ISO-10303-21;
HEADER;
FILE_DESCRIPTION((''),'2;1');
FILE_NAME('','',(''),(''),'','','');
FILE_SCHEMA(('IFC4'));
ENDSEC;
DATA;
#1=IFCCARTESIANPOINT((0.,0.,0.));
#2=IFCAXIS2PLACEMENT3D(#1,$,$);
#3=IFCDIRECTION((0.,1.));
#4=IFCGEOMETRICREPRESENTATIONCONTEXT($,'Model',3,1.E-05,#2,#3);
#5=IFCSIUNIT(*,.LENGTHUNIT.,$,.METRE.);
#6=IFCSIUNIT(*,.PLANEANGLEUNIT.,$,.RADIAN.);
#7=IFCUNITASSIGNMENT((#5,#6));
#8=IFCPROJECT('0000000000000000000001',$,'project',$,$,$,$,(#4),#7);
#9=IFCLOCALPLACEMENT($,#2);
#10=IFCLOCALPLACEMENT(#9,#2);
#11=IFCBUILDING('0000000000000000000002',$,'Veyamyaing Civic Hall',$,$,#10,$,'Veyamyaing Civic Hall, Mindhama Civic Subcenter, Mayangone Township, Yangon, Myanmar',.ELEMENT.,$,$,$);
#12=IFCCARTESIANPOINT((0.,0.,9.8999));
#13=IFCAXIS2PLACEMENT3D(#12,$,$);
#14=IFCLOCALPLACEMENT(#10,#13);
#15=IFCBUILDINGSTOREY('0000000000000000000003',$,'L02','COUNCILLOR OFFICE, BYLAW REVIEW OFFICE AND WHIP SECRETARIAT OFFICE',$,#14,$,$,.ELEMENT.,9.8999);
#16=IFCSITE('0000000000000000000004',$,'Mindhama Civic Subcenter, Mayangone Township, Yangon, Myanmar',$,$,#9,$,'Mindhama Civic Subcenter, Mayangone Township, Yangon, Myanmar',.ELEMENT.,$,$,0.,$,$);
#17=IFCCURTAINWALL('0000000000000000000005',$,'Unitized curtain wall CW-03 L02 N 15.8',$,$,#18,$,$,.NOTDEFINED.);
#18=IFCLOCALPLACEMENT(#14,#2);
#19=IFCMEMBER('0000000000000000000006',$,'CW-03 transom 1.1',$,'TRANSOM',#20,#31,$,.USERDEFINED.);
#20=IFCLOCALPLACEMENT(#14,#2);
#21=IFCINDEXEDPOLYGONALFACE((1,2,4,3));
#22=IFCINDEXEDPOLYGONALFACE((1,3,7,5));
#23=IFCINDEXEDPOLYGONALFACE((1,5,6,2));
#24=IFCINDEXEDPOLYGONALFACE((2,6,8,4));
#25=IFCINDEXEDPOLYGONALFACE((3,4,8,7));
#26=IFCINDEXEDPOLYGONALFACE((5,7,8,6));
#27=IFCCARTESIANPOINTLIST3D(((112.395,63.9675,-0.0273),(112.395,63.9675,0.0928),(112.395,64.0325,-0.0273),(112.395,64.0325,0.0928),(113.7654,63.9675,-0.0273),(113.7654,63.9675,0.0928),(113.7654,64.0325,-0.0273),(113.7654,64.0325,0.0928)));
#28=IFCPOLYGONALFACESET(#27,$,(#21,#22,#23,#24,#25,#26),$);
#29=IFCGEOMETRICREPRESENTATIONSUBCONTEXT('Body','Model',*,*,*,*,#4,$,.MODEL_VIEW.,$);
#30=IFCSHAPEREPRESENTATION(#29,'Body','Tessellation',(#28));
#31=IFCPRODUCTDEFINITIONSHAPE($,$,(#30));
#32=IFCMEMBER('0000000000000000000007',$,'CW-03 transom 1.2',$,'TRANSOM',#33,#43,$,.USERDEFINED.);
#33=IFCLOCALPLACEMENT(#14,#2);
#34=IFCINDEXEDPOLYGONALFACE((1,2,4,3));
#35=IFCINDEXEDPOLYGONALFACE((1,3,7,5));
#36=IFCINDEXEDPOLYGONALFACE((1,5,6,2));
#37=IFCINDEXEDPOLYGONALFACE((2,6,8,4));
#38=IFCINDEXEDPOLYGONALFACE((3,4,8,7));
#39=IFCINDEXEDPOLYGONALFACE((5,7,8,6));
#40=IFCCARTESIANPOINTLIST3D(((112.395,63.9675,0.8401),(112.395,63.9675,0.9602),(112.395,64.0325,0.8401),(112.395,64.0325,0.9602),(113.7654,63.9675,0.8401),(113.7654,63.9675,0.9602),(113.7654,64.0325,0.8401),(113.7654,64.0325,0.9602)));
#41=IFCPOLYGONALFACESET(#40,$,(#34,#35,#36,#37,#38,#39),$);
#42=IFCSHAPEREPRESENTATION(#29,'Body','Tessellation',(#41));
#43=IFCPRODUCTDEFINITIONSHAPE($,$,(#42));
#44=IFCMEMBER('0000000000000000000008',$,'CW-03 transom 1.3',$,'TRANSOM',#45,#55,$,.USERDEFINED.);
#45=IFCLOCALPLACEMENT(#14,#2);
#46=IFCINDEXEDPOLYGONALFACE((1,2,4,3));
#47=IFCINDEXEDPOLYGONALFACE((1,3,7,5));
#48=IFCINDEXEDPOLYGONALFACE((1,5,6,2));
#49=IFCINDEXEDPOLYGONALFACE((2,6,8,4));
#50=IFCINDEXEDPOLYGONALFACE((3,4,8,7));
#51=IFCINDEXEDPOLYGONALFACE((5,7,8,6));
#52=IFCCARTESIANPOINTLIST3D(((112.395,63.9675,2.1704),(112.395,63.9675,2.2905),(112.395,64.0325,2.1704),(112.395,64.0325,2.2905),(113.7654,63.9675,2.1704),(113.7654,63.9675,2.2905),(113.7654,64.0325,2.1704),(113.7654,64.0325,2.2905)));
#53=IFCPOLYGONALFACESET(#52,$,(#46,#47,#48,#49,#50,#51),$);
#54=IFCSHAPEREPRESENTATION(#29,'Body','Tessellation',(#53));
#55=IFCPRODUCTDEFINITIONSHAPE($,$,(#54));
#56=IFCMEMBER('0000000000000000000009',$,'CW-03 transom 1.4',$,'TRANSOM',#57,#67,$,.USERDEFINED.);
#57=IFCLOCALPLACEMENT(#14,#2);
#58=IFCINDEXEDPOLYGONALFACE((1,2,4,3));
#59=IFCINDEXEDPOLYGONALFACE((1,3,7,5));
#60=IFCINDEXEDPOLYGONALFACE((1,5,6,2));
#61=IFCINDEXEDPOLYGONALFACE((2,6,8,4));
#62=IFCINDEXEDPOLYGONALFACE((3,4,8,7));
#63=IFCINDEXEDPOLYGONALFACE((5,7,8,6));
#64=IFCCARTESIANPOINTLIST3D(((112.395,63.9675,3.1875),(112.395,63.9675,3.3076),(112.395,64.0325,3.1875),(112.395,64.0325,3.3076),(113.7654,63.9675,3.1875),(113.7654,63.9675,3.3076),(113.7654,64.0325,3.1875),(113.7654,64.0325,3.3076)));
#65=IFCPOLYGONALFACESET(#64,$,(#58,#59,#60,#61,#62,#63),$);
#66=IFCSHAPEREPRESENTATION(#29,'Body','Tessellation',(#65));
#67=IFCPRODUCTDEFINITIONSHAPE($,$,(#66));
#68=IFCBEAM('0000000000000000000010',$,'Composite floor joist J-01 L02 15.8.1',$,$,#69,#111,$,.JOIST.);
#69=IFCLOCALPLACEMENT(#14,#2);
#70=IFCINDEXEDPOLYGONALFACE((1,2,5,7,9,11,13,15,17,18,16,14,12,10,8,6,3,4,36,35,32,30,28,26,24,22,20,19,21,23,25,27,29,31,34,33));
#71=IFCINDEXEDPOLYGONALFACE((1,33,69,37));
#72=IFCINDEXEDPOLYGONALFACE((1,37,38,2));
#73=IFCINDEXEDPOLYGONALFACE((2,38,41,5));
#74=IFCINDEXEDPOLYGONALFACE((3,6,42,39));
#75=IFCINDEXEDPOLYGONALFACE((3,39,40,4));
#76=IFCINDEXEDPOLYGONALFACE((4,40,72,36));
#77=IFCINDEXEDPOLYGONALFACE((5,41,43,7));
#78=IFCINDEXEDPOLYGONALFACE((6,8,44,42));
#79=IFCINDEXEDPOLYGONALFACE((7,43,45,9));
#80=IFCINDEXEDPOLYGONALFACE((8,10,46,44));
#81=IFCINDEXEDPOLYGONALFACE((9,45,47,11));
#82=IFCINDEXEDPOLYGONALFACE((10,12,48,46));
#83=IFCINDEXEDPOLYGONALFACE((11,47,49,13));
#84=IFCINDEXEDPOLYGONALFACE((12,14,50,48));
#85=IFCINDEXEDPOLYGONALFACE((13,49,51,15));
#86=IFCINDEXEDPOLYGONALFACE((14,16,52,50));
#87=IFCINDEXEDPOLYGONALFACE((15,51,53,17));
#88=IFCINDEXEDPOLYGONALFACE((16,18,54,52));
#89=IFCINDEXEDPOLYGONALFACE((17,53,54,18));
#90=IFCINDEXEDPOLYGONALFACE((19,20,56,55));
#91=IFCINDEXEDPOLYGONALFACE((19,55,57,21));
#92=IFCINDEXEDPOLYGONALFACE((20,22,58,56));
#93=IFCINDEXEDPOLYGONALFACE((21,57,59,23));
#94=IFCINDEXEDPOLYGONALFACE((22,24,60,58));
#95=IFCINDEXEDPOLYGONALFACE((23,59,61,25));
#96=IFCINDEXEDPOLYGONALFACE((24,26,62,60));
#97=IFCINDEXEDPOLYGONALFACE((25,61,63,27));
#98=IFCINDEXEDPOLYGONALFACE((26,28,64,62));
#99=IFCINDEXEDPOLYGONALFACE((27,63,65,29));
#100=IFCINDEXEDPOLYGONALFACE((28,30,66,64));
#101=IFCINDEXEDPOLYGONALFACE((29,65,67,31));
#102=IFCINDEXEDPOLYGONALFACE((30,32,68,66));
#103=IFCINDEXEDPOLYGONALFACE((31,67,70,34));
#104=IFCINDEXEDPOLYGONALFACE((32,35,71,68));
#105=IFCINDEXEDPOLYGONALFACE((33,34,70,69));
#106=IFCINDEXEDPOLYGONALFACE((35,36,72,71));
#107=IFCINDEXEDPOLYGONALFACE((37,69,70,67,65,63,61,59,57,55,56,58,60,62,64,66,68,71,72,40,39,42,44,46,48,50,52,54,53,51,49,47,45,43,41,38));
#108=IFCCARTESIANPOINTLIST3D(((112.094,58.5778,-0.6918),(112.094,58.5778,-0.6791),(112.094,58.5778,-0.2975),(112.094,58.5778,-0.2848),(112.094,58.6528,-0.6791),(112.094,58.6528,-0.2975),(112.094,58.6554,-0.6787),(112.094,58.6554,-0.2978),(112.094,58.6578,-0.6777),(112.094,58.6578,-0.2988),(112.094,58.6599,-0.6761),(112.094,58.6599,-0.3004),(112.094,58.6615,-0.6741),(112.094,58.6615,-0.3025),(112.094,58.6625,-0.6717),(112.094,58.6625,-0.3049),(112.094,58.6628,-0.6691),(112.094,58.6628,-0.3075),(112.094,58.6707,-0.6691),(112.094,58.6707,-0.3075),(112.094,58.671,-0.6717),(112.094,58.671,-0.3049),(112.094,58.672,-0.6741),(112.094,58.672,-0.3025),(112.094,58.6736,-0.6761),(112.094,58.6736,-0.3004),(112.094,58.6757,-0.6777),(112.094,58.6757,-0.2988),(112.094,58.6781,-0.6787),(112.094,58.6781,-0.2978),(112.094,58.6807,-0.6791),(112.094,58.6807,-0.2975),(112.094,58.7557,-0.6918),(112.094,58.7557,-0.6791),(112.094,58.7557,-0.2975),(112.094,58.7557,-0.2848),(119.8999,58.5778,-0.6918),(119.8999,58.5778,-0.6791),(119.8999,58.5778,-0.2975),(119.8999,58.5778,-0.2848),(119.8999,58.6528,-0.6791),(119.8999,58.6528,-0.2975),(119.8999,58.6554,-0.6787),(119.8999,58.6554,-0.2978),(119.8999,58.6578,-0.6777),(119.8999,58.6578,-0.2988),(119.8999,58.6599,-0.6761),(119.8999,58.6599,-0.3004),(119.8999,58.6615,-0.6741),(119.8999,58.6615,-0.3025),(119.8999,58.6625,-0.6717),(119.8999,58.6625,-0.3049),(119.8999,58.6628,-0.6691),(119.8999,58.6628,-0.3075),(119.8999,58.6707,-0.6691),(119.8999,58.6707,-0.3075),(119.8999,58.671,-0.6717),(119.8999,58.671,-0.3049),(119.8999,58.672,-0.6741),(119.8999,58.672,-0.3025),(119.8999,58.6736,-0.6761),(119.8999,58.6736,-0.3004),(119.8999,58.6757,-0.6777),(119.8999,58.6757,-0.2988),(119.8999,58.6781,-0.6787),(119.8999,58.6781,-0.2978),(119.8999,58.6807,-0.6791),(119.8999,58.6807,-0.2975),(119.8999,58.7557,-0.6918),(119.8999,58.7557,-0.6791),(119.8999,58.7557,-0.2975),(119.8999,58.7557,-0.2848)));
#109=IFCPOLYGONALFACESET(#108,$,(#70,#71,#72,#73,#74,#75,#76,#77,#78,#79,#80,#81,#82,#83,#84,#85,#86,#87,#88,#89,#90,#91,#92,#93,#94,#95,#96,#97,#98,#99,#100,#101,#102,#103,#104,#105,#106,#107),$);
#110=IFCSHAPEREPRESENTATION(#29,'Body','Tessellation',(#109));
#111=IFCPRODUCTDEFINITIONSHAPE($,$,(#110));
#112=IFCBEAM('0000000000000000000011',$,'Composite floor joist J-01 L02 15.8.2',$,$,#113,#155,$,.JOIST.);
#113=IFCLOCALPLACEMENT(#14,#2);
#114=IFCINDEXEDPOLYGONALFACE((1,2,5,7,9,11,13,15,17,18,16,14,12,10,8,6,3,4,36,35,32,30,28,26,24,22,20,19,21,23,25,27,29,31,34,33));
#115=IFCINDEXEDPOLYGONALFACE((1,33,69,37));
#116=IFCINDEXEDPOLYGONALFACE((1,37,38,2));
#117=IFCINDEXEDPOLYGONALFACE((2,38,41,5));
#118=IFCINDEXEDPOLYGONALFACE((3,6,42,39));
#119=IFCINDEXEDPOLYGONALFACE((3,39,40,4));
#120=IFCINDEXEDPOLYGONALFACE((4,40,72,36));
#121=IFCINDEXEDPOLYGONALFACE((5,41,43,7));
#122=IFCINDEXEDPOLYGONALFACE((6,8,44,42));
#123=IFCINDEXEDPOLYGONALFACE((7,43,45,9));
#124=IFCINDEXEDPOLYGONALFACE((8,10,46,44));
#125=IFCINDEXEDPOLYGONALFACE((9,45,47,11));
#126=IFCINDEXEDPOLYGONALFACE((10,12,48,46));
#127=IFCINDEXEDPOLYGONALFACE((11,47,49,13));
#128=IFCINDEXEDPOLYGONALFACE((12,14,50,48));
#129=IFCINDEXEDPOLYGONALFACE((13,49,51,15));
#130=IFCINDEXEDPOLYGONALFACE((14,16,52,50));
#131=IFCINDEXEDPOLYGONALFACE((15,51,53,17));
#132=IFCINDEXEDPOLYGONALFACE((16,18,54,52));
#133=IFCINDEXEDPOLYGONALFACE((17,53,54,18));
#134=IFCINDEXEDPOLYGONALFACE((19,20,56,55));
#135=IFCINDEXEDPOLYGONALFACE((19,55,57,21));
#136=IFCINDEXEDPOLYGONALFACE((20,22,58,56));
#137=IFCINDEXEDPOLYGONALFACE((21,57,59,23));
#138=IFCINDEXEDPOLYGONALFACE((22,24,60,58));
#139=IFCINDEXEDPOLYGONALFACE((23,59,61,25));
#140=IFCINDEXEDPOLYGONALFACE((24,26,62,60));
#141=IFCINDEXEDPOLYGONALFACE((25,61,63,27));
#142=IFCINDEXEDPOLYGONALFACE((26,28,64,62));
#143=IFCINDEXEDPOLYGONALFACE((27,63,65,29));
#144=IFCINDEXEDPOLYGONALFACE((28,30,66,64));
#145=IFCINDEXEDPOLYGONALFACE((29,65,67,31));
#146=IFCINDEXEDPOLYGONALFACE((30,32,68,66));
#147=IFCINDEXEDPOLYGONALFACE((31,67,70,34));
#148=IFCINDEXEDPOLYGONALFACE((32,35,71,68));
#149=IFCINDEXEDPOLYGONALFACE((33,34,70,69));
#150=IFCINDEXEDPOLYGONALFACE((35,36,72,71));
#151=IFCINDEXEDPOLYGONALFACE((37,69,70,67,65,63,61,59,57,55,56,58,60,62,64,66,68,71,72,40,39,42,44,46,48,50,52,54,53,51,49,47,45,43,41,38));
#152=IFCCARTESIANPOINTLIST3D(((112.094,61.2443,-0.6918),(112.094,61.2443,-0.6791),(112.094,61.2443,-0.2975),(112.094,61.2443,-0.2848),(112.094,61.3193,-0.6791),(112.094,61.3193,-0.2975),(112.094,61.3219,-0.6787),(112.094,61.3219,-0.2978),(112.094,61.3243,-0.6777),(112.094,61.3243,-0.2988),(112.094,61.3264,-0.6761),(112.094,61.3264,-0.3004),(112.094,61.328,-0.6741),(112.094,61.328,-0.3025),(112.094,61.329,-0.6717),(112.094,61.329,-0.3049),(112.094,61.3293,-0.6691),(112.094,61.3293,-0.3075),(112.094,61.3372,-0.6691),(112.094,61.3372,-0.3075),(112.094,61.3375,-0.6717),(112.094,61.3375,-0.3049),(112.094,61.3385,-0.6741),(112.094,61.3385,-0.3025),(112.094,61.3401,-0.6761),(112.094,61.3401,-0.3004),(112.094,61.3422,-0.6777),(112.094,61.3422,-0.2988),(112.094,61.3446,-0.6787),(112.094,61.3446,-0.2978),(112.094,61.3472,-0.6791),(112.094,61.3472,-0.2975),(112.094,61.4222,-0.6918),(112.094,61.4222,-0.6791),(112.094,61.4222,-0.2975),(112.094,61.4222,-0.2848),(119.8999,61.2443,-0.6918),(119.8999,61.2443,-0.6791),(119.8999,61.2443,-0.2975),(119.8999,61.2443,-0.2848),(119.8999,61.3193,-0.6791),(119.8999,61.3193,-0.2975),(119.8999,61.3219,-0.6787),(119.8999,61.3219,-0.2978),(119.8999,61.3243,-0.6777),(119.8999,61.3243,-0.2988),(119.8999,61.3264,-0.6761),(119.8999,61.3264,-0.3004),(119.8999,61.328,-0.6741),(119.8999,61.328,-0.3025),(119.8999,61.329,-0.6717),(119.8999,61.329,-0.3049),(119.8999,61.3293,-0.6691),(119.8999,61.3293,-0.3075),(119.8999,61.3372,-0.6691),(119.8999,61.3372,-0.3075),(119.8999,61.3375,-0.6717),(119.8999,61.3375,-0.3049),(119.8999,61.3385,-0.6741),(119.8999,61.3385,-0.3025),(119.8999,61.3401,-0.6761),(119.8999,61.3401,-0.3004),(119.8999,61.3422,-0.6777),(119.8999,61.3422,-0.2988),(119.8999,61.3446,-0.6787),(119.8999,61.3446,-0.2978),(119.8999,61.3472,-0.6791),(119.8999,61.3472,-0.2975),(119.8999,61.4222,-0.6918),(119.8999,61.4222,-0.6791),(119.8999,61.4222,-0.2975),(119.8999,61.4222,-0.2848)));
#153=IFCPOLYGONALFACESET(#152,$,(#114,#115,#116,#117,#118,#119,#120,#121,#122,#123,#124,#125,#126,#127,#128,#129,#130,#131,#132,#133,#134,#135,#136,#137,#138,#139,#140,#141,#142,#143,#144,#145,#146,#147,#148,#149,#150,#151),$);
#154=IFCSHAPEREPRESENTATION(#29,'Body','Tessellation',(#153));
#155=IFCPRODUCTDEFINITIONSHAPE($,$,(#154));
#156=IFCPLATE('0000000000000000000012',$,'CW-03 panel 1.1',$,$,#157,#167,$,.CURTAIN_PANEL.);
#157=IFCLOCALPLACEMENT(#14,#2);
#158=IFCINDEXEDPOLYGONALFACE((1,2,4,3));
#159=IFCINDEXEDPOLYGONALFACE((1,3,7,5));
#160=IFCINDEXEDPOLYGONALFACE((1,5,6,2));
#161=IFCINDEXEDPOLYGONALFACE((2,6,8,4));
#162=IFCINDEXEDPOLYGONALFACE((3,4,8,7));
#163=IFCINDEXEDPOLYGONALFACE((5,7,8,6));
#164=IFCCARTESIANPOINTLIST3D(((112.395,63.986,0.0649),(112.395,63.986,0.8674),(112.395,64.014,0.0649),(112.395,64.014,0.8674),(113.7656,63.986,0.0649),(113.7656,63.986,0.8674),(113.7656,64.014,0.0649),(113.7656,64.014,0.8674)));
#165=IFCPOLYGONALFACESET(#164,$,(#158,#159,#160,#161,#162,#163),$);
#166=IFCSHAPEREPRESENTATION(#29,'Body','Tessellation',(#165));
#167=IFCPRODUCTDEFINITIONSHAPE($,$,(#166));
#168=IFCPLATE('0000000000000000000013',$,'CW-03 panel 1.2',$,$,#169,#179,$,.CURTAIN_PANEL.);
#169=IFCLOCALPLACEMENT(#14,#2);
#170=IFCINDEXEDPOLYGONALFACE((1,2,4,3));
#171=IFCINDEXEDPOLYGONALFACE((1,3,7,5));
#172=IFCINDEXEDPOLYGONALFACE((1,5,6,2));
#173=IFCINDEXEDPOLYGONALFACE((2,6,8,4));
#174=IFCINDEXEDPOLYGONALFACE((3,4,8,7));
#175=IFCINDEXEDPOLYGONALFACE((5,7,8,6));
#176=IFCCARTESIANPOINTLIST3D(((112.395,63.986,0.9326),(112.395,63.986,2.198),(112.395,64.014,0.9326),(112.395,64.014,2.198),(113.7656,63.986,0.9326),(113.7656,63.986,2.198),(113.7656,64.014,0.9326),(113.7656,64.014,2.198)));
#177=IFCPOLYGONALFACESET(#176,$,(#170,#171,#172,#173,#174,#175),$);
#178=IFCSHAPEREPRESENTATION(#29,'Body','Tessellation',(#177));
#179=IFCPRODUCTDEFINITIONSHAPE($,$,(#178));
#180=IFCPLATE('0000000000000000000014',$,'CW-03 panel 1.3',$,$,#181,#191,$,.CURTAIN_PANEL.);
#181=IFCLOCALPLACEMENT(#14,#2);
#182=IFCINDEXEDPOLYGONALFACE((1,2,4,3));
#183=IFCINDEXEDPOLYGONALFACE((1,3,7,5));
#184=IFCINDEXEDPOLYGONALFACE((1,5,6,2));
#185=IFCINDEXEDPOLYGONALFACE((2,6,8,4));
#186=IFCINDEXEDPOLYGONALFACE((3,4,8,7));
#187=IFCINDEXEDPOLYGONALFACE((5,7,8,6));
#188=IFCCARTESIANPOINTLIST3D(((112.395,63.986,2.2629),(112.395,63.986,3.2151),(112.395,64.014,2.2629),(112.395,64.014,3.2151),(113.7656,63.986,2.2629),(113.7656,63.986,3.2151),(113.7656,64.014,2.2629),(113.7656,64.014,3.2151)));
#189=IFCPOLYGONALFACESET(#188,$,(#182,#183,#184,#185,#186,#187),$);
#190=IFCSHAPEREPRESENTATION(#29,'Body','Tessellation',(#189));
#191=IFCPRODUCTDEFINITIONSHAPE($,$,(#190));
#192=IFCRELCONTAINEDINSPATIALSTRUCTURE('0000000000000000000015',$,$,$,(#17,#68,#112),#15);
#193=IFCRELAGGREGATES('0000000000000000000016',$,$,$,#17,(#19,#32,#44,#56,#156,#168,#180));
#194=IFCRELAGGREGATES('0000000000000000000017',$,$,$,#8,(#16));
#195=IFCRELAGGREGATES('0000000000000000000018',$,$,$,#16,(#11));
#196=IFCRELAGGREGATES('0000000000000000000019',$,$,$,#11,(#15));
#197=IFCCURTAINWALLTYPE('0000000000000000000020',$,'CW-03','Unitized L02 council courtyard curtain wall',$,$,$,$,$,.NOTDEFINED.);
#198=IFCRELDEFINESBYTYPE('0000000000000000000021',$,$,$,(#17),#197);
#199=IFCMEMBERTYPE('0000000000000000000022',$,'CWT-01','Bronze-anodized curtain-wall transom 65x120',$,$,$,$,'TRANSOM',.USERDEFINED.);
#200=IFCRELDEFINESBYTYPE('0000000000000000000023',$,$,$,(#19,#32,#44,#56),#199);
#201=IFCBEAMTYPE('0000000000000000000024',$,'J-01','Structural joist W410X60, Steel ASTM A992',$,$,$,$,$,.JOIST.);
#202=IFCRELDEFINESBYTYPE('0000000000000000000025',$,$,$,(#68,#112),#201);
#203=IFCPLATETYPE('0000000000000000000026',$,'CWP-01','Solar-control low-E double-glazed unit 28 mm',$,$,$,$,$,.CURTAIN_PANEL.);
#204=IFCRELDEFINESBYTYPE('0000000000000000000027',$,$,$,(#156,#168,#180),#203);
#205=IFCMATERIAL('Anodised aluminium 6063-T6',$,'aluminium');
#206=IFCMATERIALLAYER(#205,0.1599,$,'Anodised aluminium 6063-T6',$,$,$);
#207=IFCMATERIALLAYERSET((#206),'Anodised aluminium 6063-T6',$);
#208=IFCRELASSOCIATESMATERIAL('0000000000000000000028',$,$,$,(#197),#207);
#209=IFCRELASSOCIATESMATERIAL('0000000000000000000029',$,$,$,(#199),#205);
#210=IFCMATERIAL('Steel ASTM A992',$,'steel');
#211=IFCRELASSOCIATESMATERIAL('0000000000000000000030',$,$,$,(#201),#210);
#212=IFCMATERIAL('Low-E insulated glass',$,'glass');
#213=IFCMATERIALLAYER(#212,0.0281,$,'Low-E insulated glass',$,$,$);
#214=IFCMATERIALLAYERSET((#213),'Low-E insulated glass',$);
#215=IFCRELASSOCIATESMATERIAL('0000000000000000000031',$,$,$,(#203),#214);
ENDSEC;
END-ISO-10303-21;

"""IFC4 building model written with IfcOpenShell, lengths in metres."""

from ifc_helpers import new_model, si_unit, direction, frame, origin, origin_2d, place, context, subcontext, project, spatial, rectangle, i_section, extrude, material, layer, layer_set, material_profile, profile_set, type_object, element, aggregate, save


model = new_model("IFC4")

# Units and contexts
model_context = context("Model", 3, precision=1e-05, world=origin(), true_north=direction((0.0, 1.0)))
body_context = subcontext(model_context, "Body", "Model", "MODEL_VIEW")
ifc_project = project(units=[si_unit("LENGTHUNIT", "METRE"), si_unit("PLANEANGLEUNIT", "RADIAN")], contexts=[model_context])

# Site, building, storey
site_placement = place(None, origin())
site = spatial("IfcSite", under=ifc_project, at=site_placement, Name="Mindhama Civic Subcenter, Mayangone Township, Yangon, Myanmar", LongName="Mindhama Civic Subcenter, Mayangone Township, Yangon, Myanmar", CompositionType="ELEMENT", RefElevation=0.0)
building_placement = place(site_placement, origin())
building = spatial("IfcBuilding", under=site, at=building_placement, Name="Veyamyaing Civic Hall", LongName="Veyamyaing Civic Hall, Mindhama Civic Subcenter, Mayangone Township, Yangon, Myanmar", CompositionType="ELEMENT")
storey_placement = place(building_placement, frame((0.0, 0.0, 9.8999)))
storey = spatial("IfcBuildingStorey", under=building, at=storey_placement, Name="L02", Description="COUNCILLOR OFFICE, BYLAW REVIEW OFFICE AND WHIP SECRETARIAT OFFICE", CompositionType="ELEMENT", Elevation=9.8999)

# Shared definitions
ifc_material_1 = material(Name="Steel ASTM A992", Category="steel")

# Curtain wall, members
ifc_material_2 = material(Name="Anodised aluminium 6063-T6", Category="aluminium")
ifc_layer_1 = layer(ifc_material_2, 0.1599, Name="Anodised aluminium 6063-T6")
ifc_layer_set_1 = layer_set([ifc_layer_1], Name="Anodised aluminium 6063-T6")
curtain_wall_type = type_object("IfcCurtainWallType", Name="CW-03", Description="Unitized L02 council courtyard curtain wall", PredefinedType="NOTDEFINED", material=ifc_layer_set_1)
curtain_wall_placement = place(storey_placement, origin())
curtain_wall = element("IfcCurtainWall", 1, at=curtain_wall_placement, inside=storey, type_object=curtain_wall_type, Name="Unitized curtain wall CW-03 L02 N 15.8", PredefinedType="NOTDEFINED")
ifc_material_profile_1 = material_profile(ifc_material_2, rectangle(XDim=0.0649, YDim=0.1201, at=origin_2d()), Name="ALU-TRN-65X120")
ifc_profile_set_1 = profile_set([ifc_material_profile_1], Name="Anodised aluminium 6063-T6")
member_type_1 = type_object("IfcMemberType", Name="CWT-01", Description="Bronze-anodized curtain-wall transom 65x120", ElementType="TRANSOM", PredefinedType="USERDEFINED", material=ifc_profile_set_1)
member_1_placement = place(storey_placement, frame((112.395, 64.0, 0.0327), z_axis=(1.0, 0.0, 0.0), x_axis=(0.0, 1.0, 0.0)))
member_1 = element("IfcMember", 2, at=member_1_placement, type_object=member_type_1, Name="CW-03 transom 1.1", ObjectType="TRANSOM", PredefinedType="USERDEFINED", context=body_context, shape_type="SweptSolid", body=[
    extrude(rectangle(XDim=0.0649, YDim=0.1201, at=origin_2d()), origin(), (0.0, 0.0, 1.0), 1.3704),
])
member_2_placement = place(storey_placement, frame((112.395, 64.0, 0.9001), z_axis=(1.0, 0.0, 0.0), x_axis=(0.0, 1.0, 0.0)))
member_2 = element("IfcMember", 3, at=member_2_placement, type_object=member_type_1, Name="CW-03 transom 1.2", ObjectType="TRANSOM", PredefinedType="USERDEFINED", context=body_context, shape_type="SweptSolid", body=[
    extrude(rectangle(XDim=0.0649, YDim=0.1201, at=origin_2d()), origin(), (0.0, 0.0, 1.0), 1.3704),
])
member_3_placement = place(storey_placement, frame((112.395, 64.0, 2.2305), z_axis=(1.0, 0.0, 0.0), x_axis=(0.0, 1.0, 0.0)))
member_3 = element("IfcMember", 4, at=member_3_placement, type_object=member_type_1, Name="CW-03 transom 1.3", ObjectType="TRANSOM", PredefinedType="USERDEFINED", context=body_context, shape_type="SweptSolid", body=[
    extrude(rectangle(XDim=0.0649, YDim=0.1201, at=origin_2d()), origin(), (0.0, 0.0, 1.0), 1.3704),
])
member_4_placement = place(storey_placement, frame((112.395, 64.0, 3.2476), z_axis=(1.0, 0.0, 0.0), x_axis=(0.0, 1.0, 0.0)))
member_4 = element("IfcMember", 5, at=member_4_placement, type_object=member_type_1, Name="CW-03 transom 1.4", ObjectType="TRANSOM", PredefinedType="USERDEFINED", context=body_context, shape_type="SweptSolid", body=[
    extrude(rectangle(XDim=0.0649, YDim=0.1201, at=origin_2d()), origin(), (0.0, 0.0, 1.0), 1.3704),
])

# Beams
ifc_material_profile_2 = material_profile(ifc_material_1, i_section(OverallWidth=0.178, OverallDepth=0.407, WebThickness=0.0078, FlangeThickness=0.0127, FilletRadius=0.01, at=origin_2d()), Name="W410X60")
ifc_profile_set_2 = profile_set([ifc_material_profile_2], Name="Steel ASTM A992")
beam_type_1 = type_object("IfcBeamType", Name="J-01", Description="Structural joist W410X60, Steel ASTM A992", PredefinedType="JOIST", material=ifc_profile_set_2)
for number, where, z_axis, x_axis, name in (
    (6, (112.094, 58.6667, -0.4883), (1.0, 0.0, 0.0), (0.0, 1.0, 0.0), "Composite floor joist J-01 L02 15.8.1"),
    (7, (112.094, 61.3333, -0.4883), (1.0, 0.0, 0.0), (0.0, 1.0, 0.0), "Composite floor joist J-01 L02 15.8.2"),
):
    element("IfcBeam", number, at=place(storey_placement, frame(where, z_axis=z_axis, x_axis=x_axis)), inside=storey, type_object=beam_type_1, Name=name, PredefinedType="JOIST", context=body_context, shape_type="SweptSolid", body=[
        extrude(i_section(OverallWidth=0.178, OverallDepth=0.407, WebThickness=0.0078, FlangeThickness=0.0127, FilletRadius=0.01, at=origin_2d()), origin(), (0.0, 0.0, 1.0), 7.8059),
    ])

# Plates
ifc_material_3 = material(Name="Low-E insulated glass", Category="glass")
ifc_layer_2 = layer(ifc_material_3, 0.0281, Name="Low-E insulated glass")
ifc_layer_set_2 = layer_set([ifc_layer_2], Name="Low-E insulated glass")
plate_type = type_object("IfcPlateType", Name="CWP-01", Description="Solar-control low-E double-glazed unit 28 mm", PredefinedType="CURTAIN_PANEL", material=ifc_layer_set_2)
plate_1_placement = place(storey_placement, frame((113.0803, 64.0, 0.0649), z_axis=(0.0, 0.0, 1.0), x_axis=(1.0, 0.0, 0.0)))
plate_1 = element("IfcPlate", 8, at=plate_1_placement, type_object=plate_type, Name="CW-03 panel 1.1", PredefinedType="CURTAIN_PANEL", context=body_context, shape_type="SweptSolid", body=[
    extrude(rectangle(XDim=1.3706, YDim=0.0281, at=origin_2d()), origin(), (0.0, 0.0, 1.0), 0.8025),
])
plate_2_placement = place(storey_placement, frame((113.0803, 64.0, 0.9326), z_axis=(0.0, 0.0, 1.0), x_axis=(1.0, 0.0, 0.0)))
plate_2 = element("IfcPlate", 9, at=plate_2_placement, type_object=plate_type, Name="CW-03 panel 1.2", PredefinedType="CURTAIN_PANEL", context=body_context, shape_type="SweptSolid", body=[
    extrude(rectangle(XDim=1.3706, YDim=0.0281, at=origin_2d()), origin(), (0.0, 0.0, 1.0), 1.2654),
])
plate_3_placement = place(storey_placement, frame((113.0803, 64.0, 2.2629), z_axis=(0.0, 0.0, 1.0), x_axis=(1.0, 0.0, 0.0)))
plate_3 = element("IfcPlate", 10, at=plate_3_placement, type_object=plate_type, Name="CW-03 panel 1.3", PredefinedType="CURTAIN_PANEL", context=body_context, shape_type="SweptSolid", body=[
    extrude(rectangle(XDim=1.3706, YDim=0.0281, at=origin_2d()), origin(), (0.0, 0.0, 1.0), 0.9521),
])
aggregate(curtain_wall, [member_1, member_2, member_3, member_4, plate_1, plate_2, plate_3])

save(model, "model.ifc")
